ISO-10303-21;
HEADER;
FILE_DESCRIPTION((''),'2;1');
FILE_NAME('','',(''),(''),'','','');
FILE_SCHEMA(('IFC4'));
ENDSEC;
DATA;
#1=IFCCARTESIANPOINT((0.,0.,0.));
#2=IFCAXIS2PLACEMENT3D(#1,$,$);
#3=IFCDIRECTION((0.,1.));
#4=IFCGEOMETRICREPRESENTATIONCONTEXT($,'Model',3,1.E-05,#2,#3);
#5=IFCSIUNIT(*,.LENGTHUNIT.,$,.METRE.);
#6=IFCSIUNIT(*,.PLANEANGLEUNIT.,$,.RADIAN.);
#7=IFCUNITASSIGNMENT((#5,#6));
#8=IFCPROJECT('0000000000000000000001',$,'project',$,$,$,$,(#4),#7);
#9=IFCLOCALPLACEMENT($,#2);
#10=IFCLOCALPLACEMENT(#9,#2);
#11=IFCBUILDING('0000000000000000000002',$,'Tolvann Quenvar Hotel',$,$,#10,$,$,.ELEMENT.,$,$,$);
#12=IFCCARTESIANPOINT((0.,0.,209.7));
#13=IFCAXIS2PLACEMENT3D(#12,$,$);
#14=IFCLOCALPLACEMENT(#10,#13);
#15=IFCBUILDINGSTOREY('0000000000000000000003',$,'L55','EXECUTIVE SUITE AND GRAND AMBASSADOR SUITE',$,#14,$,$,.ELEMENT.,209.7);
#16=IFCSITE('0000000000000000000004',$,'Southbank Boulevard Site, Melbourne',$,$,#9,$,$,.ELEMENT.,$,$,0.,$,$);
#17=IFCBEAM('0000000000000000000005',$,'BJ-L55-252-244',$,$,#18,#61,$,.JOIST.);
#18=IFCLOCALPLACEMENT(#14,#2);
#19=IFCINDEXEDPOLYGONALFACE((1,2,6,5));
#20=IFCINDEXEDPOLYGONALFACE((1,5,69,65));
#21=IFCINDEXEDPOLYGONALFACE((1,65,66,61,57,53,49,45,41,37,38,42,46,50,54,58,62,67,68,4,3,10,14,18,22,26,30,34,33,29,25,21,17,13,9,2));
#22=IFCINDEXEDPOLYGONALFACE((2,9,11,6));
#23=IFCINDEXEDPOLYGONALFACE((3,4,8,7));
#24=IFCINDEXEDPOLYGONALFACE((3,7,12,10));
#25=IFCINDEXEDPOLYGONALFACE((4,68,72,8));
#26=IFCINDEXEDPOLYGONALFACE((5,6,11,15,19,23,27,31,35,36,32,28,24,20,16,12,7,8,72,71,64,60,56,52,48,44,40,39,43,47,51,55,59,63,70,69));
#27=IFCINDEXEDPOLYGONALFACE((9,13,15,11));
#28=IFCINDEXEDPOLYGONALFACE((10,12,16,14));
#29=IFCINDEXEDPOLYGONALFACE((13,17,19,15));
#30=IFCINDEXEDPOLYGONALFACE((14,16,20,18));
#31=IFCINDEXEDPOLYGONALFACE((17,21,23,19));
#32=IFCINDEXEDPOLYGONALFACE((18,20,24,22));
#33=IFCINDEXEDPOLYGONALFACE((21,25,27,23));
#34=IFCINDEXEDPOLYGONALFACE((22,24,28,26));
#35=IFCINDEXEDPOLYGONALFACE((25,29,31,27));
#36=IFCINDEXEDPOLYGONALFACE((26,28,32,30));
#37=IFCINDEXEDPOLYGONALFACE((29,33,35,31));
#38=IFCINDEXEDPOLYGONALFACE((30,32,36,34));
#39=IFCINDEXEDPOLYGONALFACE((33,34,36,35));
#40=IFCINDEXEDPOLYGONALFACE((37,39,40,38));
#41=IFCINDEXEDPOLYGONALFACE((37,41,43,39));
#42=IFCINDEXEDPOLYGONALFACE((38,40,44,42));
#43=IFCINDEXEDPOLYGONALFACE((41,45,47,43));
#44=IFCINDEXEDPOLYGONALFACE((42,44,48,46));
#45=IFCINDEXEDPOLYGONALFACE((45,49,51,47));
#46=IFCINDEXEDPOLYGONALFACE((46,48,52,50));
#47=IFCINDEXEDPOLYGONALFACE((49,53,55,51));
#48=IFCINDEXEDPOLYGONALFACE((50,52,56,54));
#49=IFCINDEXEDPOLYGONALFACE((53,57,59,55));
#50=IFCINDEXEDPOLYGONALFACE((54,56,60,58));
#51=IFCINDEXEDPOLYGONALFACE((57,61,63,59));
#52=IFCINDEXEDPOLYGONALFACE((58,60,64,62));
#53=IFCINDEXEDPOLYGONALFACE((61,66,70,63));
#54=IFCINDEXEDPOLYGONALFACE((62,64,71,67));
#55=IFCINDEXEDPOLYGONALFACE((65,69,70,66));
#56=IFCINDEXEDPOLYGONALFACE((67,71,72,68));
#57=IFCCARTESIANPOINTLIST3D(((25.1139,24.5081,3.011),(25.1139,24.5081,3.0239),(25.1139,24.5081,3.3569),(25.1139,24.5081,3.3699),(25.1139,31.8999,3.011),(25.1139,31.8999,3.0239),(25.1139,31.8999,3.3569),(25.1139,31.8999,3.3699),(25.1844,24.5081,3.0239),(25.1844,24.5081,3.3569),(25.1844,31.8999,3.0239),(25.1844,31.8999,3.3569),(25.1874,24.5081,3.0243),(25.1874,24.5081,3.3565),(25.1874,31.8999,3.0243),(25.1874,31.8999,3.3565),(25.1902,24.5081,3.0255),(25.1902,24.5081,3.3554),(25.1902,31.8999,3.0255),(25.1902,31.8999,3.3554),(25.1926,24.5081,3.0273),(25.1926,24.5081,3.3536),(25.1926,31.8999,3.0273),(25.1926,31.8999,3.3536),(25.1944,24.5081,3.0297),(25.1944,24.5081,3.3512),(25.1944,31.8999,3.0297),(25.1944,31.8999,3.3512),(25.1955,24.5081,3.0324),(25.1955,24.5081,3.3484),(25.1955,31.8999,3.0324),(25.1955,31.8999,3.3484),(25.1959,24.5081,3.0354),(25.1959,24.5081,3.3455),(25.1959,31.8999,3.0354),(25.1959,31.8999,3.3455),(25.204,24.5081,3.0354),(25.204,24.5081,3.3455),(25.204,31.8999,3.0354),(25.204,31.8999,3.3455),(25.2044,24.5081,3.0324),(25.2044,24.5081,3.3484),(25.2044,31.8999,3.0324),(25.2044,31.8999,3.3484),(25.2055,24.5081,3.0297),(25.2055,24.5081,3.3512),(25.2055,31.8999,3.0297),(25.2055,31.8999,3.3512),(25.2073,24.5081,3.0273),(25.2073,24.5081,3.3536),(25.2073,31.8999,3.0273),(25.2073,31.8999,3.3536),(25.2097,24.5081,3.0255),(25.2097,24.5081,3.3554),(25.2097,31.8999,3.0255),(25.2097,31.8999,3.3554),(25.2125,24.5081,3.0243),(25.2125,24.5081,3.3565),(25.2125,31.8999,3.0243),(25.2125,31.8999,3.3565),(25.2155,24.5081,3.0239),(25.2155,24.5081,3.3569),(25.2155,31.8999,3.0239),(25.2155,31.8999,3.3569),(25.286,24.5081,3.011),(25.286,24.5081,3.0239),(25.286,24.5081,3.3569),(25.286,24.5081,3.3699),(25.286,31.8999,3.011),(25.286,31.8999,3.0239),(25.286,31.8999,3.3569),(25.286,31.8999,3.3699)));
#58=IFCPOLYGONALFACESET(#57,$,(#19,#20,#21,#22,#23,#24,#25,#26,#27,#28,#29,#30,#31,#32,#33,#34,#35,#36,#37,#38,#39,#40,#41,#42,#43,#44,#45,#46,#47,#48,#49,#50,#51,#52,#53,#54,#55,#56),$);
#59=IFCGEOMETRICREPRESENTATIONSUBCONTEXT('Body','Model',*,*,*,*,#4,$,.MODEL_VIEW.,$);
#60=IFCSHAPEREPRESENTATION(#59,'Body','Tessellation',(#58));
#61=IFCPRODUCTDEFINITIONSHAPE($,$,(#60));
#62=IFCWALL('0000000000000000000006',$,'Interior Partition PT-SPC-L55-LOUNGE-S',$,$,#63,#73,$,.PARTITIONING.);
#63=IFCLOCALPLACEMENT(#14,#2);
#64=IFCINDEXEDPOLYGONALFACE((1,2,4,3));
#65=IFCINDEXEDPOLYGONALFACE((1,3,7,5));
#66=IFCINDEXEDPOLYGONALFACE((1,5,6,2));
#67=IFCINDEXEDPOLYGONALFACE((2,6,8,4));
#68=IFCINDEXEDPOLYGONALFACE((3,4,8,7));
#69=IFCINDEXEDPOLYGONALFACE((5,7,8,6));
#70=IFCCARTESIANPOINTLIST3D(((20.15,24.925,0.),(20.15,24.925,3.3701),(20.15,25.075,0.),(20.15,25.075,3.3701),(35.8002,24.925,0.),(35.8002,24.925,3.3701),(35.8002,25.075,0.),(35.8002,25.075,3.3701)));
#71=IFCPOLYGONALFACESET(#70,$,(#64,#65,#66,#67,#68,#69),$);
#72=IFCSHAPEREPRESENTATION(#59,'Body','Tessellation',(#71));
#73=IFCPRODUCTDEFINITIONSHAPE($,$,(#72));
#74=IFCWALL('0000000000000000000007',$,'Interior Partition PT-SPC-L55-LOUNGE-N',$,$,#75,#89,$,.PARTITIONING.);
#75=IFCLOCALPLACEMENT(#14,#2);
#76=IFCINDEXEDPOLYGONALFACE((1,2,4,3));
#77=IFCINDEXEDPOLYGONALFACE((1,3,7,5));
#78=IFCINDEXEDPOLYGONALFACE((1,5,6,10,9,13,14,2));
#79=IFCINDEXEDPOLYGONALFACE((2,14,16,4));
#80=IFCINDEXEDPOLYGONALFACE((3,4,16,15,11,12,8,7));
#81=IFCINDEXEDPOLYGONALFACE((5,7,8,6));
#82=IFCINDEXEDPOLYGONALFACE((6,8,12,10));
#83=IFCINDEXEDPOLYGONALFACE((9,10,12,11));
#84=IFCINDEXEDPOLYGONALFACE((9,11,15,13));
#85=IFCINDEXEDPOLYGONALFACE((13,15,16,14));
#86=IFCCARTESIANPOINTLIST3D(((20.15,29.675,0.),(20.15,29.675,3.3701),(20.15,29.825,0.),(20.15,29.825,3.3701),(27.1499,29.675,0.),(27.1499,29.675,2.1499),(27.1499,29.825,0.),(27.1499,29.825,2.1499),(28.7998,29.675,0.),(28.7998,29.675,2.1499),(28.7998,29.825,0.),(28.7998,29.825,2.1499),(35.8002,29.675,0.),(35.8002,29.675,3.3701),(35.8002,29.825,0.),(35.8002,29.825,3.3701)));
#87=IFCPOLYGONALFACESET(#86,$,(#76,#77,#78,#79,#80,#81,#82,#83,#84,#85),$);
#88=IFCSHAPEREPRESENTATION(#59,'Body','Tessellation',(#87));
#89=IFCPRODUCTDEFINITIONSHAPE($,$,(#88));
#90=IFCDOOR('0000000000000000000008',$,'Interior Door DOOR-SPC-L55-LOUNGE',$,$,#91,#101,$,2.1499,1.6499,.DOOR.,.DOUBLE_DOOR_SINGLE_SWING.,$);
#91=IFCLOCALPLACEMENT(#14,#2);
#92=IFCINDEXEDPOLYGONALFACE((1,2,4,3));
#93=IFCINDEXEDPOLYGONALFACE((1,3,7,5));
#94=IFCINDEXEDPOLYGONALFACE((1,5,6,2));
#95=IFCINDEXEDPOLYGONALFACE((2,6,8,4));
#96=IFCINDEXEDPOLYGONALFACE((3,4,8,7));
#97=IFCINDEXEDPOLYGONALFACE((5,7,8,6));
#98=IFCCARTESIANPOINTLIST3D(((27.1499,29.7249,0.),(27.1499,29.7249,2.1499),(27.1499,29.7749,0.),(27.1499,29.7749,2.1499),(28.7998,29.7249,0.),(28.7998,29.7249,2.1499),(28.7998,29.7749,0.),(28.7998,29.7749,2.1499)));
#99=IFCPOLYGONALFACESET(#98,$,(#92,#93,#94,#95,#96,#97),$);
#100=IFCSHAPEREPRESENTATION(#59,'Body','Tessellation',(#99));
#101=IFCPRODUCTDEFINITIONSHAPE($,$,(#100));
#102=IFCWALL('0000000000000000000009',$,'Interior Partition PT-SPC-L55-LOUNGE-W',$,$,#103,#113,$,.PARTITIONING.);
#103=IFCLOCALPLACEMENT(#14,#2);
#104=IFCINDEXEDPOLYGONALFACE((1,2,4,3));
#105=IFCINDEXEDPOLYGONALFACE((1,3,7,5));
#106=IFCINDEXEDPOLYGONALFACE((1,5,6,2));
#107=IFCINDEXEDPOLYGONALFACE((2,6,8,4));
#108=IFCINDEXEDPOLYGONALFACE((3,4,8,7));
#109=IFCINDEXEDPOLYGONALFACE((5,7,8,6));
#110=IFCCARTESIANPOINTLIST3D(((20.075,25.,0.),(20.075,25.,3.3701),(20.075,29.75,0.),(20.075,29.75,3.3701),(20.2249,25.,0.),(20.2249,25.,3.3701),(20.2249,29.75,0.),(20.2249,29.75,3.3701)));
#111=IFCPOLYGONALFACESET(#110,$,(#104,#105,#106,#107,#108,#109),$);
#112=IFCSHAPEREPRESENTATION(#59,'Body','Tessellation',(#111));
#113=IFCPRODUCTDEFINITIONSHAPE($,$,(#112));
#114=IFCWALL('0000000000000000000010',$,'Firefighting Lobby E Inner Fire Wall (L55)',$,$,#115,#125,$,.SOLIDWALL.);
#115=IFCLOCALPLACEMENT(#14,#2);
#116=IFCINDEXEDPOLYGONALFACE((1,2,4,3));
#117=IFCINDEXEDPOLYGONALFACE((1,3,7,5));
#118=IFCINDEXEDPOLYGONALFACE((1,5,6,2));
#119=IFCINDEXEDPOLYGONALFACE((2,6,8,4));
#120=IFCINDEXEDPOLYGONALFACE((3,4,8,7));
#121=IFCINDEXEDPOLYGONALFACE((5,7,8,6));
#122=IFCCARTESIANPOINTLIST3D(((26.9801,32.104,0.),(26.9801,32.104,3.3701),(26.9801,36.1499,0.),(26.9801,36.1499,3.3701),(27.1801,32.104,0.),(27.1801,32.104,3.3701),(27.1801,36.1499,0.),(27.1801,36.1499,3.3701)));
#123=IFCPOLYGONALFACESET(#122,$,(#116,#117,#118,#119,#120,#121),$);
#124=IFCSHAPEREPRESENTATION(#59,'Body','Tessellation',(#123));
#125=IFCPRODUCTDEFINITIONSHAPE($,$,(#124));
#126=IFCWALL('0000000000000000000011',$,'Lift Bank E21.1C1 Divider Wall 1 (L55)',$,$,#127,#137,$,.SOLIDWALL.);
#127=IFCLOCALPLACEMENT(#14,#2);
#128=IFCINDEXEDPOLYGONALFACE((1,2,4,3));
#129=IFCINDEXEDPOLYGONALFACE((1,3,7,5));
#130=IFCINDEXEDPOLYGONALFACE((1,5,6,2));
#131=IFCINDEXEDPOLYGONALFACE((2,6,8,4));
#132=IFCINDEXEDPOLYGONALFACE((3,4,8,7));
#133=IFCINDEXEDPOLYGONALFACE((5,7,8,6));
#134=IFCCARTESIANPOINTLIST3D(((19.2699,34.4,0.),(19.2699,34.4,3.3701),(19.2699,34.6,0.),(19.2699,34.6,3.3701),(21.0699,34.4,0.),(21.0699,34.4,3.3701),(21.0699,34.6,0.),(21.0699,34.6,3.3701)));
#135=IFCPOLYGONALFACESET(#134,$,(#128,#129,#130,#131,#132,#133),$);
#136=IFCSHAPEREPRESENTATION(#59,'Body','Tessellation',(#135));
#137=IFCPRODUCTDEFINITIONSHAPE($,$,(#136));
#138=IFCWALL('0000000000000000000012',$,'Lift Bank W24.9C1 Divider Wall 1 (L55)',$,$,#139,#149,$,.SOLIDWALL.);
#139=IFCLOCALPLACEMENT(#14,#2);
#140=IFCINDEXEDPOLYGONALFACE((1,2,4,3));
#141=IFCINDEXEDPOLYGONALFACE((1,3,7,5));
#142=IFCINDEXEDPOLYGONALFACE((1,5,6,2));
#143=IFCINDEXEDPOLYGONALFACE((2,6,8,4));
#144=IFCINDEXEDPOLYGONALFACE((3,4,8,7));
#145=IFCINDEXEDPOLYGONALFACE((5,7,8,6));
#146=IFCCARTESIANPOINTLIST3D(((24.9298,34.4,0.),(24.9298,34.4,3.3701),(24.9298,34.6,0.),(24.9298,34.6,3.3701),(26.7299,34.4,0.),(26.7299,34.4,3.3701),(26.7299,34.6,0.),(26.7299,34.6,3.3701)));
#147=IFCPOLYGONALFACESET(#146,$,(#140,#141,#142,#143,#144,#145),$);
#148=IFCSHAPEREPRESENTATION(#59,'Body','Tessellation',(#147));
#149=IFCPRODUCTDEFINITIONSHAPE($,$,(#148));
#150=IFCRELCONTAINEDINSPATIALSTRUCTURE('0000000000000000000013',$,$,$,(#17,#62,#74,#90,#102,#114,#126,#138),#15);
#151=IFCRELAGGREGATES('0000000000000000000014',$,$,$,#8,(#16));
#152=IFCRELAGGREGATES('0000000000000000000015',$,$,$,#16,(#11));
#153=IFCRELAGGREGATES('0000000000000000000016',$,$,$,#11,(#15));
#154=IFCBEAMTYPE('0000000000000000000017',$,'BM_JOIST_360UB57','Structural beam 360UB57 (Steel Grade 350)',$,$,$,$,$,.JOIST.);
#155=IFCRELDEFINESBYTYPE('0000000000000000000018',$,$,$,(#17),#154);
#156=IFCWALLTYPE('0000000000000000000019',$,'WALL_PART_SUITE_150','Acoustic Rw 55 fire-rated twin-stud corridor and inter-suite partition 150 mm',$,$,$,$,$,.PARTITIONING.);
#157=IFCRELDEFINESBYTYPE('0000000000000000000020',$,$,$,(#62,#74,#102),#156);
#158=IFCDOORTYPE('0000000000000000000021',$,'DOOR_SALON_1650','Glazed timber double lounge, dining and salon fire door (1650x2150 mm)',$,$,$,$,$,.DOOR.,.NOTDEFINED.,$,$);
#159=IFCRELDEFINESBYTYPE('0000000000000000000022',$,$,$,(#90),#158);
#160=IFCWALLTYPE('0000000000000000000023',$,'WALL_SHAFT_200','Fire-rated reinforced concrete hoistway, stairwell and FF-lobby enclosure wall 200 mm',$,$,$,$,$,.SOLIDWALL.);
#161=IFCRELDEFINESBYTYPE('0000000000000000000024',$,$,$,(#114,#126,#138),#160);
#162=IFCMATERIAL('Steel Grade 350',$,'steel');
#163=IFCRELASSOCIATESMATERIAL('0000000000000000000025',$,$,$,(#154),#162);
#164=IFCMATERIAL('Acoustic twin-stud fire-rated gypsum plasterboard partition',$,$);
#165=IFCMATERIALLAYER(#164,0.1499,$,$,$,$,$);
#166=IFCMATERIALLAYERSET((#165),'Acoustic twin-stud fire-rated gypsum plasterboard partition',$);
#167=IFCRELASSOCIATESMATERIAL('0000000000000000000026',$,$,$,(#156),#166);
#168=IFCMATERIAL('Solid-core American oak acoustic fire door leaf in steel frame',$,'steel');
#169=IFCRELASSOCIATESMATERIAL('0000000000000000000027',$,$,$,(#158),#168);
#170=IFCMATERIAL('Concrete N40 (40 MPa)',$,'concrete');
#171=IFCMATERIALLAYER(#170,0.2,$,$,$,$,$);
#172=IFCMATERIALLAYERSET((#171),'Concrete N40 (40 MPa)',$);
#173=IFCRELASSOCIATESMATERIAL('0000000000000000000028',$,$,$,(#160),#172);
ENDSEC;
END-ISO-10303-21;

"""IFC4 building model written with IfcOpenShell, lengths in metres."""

from ifc_helpers import new_model, si_unit, direction, frame, frame_2d, origin, origin_2d, place, context, subcontext, project, spatial, rectangle, i_section, extrude, source, transform, mapped, material, layer, layer_set, material_profile, profile_set, type_object, type_shapes, element, fill, save


model = new_model("IFC4")

# Units and contexts
model_context = context("Model", 3, precision=1e-05, world=origin(), true_north=direction((0.0, 1.0)))
body_context = subcontext(model_context, "Body", "Model", "MODEL_VIEW")
ifc_project = project(units=[si_unit("LENGTHUNIT", "METRE"), si_unit("PLANEANGLEUNIT", "RADIAN")], contexts=[model_context])

# Site, building, storey
site_placement = place(None, origin())
site = spatial("IfcSite", under=ifc_project, at=site_placement, Name="Southbank Boulevard Site, Melbourne", CompositionType="ELEMENT", RefElevation=0.0)
building_placement = place(site_placement, origin())
building = spatial("IfcBuilding", under=site, at=building_placement, Name="Tolvann Quenvar Hotel", CompositionType="ELEMENT")
storey_placement = place(building_placement, frame((0.0, 0.0, 209.7)))
storey = spatial("IfcBuildingStorey", under=building, at=storey_placement, Name="L55", Description="EXECUTIVE SUITE AND GRAND AMBASSADOR SUITE", CompositionType="ELEMENT", Elevation=209.7)

# Shared definitions
ifc_material_1 = material(Name="Steel Grade 350", Category="steel")

# Beam
ifc_material_profile_1 = material_profile(ifc_material_1, i_section(OverallWidth=0.1721, OverallDepth=0.3589, WebThickness=0.0081, FlangeThickness=0.0129, FilletRadius=0.0115, at=origin_2d()), Name="360UB57")
ifc_profile_set_1 = profile_set([ifc_material_profile_1], Name="Steel Grade 350")
beam_type_1 = type_object("IfcBeamType", Name="BM_JOIST_360UB57", Description="Structural beam 360UB57 (Steel Grade 350)", PredefinedType="JOIST", material=ifc_profile_set_1)
shared_shape_1 = source(origin(), body_context, "Body", "SweptSolid", [
    extrude(i_section(OverallWidth=0.1721, OverallDepth=0.3589, WebThickness=0.0081, FlangeThickness=0.0129, FilletRadius=0.0115, at=origin_2d()), origin(), (0.0, 0.0, 1.0), 7.3918),
])
beam_1_placement = place(storey_placement, frame((25.2, 24.5081, 3.1904), z_axis=(0.0, 1.0, 0.0), x_axis=(-1.0, 0.0, 0.0)))
element("IfcBeam", 1, at=beam_1_placement, inside=storey, type_object=beam_type_1, Name="BJ-L55-252-244", PredefinedType="JOIST", context=body_context, shape_type="MappedRepresentation", body=[
    mapped(shared_shape_1, transform((0.0, 0.0, 0.0), x_axis=(1.0, 0.0, 0.0), y_axis=(0.0, 1.0, 0.0), z_axis=(0.0, 0.0, 1.0), scale=1.0)),
])

# Wall
ifc_material_2 = material(Name="Acoustic twin-stud fire-rated gypsum plasterboard partition")
ifc_layer_1 = layer(ifc_material_2, 0.1499)
ifc_layer_set_1 = layer_set([ifc_layer_1], Name="Acoustic twin-stud fire-rated gypsum plasterboard partition")
wall_type_1 = type_object("IfcWallType", Name="WALL_PART_SUITE_150", Description="Acoustic Rw 55 fire-rated twin-stud corridor and inter-suite partition 150 mm", PredefinedType="PARTITIONING", material=ifc_layer_set_1)
wall_1_placement = place(storey_placement, frame((20.1499, 25.0, 0.0), z_axis=(0.0, 0.0, 1.0), x_axis=(1.0, 0.0, 0.0)))
element("IfcWall", 2, at=wall_1_placement, inside=storey, type_object=wall_type_1, Name="Interior Partition PT-SPC-L55-LOUNGE-S", PredefinedType="PARTITIONING", context=body_context, shape_type="SweptSolid", body=[
    extrude(rectangle(XDim=15.6501, YDim=0.1499, at=frame_2d((7.8252, 0.0))), origin(), (0.0, 0.0, 1.0), 3.3701),
])

# Wall, opening, door
wall_2_placement = place(storey_placement, frame((20.1499, 29.75, 0.0), z_axis=(0.0, 0.0, 1.0), x_axis=(1.0, 0.0, 0.0)))
wall_2 = element("IfcWall", 3, at=wall_2_placement, inside=storey, type_object=wall_type_1, Name="Interior Partition PT-SPC-L55-LOUNGE-N", PredefinedType="PARTITIONING", context=body_context, shape_type="SweptSolid", body=[
    extrude(rectangle(XDim=15.6501, YDim=0.1499, at=frame_2d((7.8252, 0.0))), origin(), (0.0, 0.0, 1.0), 3.3701),
])
opening_1_placement = place(wall_2_placement, frame((7.0, 0.0, 0.0)))
opening_1 = element("IfcOpeningElement", 4, at=opening_1_placement, cuts=wall_2, PredefinedType="OPENING", context=body_context, shape_type="SweptSolid", body=[
    extrude(rectangle(XDim=1.6499, YDim=2.1499, at=frame_2d((0.825, 1.075))), frame((0.0, 0.085, 0.0), z_axis=(0.0, -1.0, 0.0), x_axis=(1.0, 0.0, 0.0)), (0.0, 0.0, 1.0), 0.1699),
])
ifc_material_3 = material(Name="Solid-core American oak acoustic fire door leaf in steel frame", Category="steel")
door_type_1 = type_object("IfcDoorType", Name="DOOR_SALON_1650", Description="Glazed timber double lounge, dining and salon fire door (1650x2150 mm)", OperationType="NOTDEFINED", PredefinedType="DOOR", material=ifc_material_3)
shared_shape_2 = source(origin(), body_context, "Body", "SweptSolid", [
    extrude(rectangle(XDim=1.6499, YDim=2.1499, at=frame_2d((0.825, 1.075))), frame((0.0, 0.0249, 0.0), z_axis=(0.0, -1.0, 0.0), x_axis=(1.0, 0.0, 0.0)), (0.0, 0.0, 1.0), 0.05),
])
type_shapes(door_type_1, [shared_shape_2])
door_1_placement = place(opening_1_placement, origin())
door_1 = element("IfcDoor", 5, at=door_1_placement, inside=storey, type_object=door_type_1, Name="Interior Door DOOR-SPC-L55-LOUNGE", OperationType="DOUBLE_DOOR_SINGLE_SWING", OverallHeight=2.1499, OverallWidth=1.6499, PredefinedType="DOOR", context=body_context, shape_type="MappedRepresentation", body=[
    mapped(shared_shape_2, transform((0.0, 0.0, 0.0), x_axis=(1.0, 0.0, 0.0), y_axis=(0.0, 1.0, 0.0), z_axis=(0.0, 0.0, 1.0), scale=1.0)),
])
fill(opening_1, door_1)

# Walls
wall_3_placement = place(storey_placement, frame((20.1499, 25.0, 0.0), z_axis=(0.0, 0.0, 1.0), x_axis=(0.0, 1.0, 0.0)))
element("IfcWall", 6, at=wall_3_placement, inside=storey, type_object=wall_type_1, Name="Interior Partition PT-SPC-L55-LOUNGE-W", PredefinedType="PARTITIONING", context=body_context, shape_type="SweptSolid", body=[
    extrude(rectangle(XDim=4.75, YDim=0.1499, at=frame_2d((2.375, 0.0))), origin(), (0.0, 0.0, 1.0), 3.3701),
])
ifc_material_4 = material(Name="Concrete N40 (40 MPa)", Category="concrete")
ifc_layer_2 = layer(ifc_material_4, 0.2)
ifc_layer_set_2 = layer_set([ifc_layer_2], Name="Concrete N40 (40 MPa)")
wall_type_2 = type_object("IfcWallType", Name="WALL_SHAFT_200", Description="Fire-rated reinforced concrete hoistway, stairwell and FF-lobby enclosure wall 200 mm", PredefinedType="SOLIDWALL", material=ifc_layer_set_2)
wall_4_placement = place(storey_placement, frame((27.0801, 32.104, 0.0), z_axis=(0.0, 0.0, 1.0), x_axis=(0.0, 1.0, 0.0)))
element("IfcWall", 7, at=wall_4_placement, inside=storey, type_object=wall_type_2, Name="Firefighting Lobby E Inner Fire Wall (L55)", PredefinedType="SOLIDWALL", context=body_context, shape_type="SweptSolid", body=[
    extrude(rectangle(XDim=4.0459, YDim=0.2, at=frame_2d((2.0229, 0.0))), origin(), (0.0, 0.0, 1.0), 3.3701),
])

# Wall
wall_5_placement = place(storey_placement, frame((19.27, 34.5, 0.0), z_axis=(0.0, 0.0, 1.0), x_axis=(1.0, 0.0, 0.0)))
element("IfcWall", 8, at=wall_5_placement, inside=storey, type_object=wall_type_2, Name="Lift Bank E21.1C1 Divider Wall 1 (L55)", PredefinedType="SOLIDWALL", context=body_context, shape_type="SweptSolid", body=[
    extrude(rectangle(XDim=1.8, YDim=0.2, at=frame_2d((0.8999, 0.0))), origin(), (0.0, 0.0, 1.0), 3.3701),
])

# Wall
wall_6_placement = place(storey_placement, frame((24.9299, 34.5, 0.0), z_axis=(0.0, 0.0, 1.0), x_axis=(1.0, 0.0, 0.0)))
element("IfcWall", 9, at=wall_6_placement, inside=storey, type_object=wall_type_2, Name="Lift Bank W24.9C1 Divider Wall 1 (L55)", PredefinedType="SOLIDWALL", context=body_context, shape_type="SweptSolid", body=[
    extrude(rectangle(XDim=1.8, YDim=0.2, at=frame_2d((0.8999, 0.0))), origin(), (0.0, 0.0, 1.0), 3.3701),
])

save(model, "model.ifc")
